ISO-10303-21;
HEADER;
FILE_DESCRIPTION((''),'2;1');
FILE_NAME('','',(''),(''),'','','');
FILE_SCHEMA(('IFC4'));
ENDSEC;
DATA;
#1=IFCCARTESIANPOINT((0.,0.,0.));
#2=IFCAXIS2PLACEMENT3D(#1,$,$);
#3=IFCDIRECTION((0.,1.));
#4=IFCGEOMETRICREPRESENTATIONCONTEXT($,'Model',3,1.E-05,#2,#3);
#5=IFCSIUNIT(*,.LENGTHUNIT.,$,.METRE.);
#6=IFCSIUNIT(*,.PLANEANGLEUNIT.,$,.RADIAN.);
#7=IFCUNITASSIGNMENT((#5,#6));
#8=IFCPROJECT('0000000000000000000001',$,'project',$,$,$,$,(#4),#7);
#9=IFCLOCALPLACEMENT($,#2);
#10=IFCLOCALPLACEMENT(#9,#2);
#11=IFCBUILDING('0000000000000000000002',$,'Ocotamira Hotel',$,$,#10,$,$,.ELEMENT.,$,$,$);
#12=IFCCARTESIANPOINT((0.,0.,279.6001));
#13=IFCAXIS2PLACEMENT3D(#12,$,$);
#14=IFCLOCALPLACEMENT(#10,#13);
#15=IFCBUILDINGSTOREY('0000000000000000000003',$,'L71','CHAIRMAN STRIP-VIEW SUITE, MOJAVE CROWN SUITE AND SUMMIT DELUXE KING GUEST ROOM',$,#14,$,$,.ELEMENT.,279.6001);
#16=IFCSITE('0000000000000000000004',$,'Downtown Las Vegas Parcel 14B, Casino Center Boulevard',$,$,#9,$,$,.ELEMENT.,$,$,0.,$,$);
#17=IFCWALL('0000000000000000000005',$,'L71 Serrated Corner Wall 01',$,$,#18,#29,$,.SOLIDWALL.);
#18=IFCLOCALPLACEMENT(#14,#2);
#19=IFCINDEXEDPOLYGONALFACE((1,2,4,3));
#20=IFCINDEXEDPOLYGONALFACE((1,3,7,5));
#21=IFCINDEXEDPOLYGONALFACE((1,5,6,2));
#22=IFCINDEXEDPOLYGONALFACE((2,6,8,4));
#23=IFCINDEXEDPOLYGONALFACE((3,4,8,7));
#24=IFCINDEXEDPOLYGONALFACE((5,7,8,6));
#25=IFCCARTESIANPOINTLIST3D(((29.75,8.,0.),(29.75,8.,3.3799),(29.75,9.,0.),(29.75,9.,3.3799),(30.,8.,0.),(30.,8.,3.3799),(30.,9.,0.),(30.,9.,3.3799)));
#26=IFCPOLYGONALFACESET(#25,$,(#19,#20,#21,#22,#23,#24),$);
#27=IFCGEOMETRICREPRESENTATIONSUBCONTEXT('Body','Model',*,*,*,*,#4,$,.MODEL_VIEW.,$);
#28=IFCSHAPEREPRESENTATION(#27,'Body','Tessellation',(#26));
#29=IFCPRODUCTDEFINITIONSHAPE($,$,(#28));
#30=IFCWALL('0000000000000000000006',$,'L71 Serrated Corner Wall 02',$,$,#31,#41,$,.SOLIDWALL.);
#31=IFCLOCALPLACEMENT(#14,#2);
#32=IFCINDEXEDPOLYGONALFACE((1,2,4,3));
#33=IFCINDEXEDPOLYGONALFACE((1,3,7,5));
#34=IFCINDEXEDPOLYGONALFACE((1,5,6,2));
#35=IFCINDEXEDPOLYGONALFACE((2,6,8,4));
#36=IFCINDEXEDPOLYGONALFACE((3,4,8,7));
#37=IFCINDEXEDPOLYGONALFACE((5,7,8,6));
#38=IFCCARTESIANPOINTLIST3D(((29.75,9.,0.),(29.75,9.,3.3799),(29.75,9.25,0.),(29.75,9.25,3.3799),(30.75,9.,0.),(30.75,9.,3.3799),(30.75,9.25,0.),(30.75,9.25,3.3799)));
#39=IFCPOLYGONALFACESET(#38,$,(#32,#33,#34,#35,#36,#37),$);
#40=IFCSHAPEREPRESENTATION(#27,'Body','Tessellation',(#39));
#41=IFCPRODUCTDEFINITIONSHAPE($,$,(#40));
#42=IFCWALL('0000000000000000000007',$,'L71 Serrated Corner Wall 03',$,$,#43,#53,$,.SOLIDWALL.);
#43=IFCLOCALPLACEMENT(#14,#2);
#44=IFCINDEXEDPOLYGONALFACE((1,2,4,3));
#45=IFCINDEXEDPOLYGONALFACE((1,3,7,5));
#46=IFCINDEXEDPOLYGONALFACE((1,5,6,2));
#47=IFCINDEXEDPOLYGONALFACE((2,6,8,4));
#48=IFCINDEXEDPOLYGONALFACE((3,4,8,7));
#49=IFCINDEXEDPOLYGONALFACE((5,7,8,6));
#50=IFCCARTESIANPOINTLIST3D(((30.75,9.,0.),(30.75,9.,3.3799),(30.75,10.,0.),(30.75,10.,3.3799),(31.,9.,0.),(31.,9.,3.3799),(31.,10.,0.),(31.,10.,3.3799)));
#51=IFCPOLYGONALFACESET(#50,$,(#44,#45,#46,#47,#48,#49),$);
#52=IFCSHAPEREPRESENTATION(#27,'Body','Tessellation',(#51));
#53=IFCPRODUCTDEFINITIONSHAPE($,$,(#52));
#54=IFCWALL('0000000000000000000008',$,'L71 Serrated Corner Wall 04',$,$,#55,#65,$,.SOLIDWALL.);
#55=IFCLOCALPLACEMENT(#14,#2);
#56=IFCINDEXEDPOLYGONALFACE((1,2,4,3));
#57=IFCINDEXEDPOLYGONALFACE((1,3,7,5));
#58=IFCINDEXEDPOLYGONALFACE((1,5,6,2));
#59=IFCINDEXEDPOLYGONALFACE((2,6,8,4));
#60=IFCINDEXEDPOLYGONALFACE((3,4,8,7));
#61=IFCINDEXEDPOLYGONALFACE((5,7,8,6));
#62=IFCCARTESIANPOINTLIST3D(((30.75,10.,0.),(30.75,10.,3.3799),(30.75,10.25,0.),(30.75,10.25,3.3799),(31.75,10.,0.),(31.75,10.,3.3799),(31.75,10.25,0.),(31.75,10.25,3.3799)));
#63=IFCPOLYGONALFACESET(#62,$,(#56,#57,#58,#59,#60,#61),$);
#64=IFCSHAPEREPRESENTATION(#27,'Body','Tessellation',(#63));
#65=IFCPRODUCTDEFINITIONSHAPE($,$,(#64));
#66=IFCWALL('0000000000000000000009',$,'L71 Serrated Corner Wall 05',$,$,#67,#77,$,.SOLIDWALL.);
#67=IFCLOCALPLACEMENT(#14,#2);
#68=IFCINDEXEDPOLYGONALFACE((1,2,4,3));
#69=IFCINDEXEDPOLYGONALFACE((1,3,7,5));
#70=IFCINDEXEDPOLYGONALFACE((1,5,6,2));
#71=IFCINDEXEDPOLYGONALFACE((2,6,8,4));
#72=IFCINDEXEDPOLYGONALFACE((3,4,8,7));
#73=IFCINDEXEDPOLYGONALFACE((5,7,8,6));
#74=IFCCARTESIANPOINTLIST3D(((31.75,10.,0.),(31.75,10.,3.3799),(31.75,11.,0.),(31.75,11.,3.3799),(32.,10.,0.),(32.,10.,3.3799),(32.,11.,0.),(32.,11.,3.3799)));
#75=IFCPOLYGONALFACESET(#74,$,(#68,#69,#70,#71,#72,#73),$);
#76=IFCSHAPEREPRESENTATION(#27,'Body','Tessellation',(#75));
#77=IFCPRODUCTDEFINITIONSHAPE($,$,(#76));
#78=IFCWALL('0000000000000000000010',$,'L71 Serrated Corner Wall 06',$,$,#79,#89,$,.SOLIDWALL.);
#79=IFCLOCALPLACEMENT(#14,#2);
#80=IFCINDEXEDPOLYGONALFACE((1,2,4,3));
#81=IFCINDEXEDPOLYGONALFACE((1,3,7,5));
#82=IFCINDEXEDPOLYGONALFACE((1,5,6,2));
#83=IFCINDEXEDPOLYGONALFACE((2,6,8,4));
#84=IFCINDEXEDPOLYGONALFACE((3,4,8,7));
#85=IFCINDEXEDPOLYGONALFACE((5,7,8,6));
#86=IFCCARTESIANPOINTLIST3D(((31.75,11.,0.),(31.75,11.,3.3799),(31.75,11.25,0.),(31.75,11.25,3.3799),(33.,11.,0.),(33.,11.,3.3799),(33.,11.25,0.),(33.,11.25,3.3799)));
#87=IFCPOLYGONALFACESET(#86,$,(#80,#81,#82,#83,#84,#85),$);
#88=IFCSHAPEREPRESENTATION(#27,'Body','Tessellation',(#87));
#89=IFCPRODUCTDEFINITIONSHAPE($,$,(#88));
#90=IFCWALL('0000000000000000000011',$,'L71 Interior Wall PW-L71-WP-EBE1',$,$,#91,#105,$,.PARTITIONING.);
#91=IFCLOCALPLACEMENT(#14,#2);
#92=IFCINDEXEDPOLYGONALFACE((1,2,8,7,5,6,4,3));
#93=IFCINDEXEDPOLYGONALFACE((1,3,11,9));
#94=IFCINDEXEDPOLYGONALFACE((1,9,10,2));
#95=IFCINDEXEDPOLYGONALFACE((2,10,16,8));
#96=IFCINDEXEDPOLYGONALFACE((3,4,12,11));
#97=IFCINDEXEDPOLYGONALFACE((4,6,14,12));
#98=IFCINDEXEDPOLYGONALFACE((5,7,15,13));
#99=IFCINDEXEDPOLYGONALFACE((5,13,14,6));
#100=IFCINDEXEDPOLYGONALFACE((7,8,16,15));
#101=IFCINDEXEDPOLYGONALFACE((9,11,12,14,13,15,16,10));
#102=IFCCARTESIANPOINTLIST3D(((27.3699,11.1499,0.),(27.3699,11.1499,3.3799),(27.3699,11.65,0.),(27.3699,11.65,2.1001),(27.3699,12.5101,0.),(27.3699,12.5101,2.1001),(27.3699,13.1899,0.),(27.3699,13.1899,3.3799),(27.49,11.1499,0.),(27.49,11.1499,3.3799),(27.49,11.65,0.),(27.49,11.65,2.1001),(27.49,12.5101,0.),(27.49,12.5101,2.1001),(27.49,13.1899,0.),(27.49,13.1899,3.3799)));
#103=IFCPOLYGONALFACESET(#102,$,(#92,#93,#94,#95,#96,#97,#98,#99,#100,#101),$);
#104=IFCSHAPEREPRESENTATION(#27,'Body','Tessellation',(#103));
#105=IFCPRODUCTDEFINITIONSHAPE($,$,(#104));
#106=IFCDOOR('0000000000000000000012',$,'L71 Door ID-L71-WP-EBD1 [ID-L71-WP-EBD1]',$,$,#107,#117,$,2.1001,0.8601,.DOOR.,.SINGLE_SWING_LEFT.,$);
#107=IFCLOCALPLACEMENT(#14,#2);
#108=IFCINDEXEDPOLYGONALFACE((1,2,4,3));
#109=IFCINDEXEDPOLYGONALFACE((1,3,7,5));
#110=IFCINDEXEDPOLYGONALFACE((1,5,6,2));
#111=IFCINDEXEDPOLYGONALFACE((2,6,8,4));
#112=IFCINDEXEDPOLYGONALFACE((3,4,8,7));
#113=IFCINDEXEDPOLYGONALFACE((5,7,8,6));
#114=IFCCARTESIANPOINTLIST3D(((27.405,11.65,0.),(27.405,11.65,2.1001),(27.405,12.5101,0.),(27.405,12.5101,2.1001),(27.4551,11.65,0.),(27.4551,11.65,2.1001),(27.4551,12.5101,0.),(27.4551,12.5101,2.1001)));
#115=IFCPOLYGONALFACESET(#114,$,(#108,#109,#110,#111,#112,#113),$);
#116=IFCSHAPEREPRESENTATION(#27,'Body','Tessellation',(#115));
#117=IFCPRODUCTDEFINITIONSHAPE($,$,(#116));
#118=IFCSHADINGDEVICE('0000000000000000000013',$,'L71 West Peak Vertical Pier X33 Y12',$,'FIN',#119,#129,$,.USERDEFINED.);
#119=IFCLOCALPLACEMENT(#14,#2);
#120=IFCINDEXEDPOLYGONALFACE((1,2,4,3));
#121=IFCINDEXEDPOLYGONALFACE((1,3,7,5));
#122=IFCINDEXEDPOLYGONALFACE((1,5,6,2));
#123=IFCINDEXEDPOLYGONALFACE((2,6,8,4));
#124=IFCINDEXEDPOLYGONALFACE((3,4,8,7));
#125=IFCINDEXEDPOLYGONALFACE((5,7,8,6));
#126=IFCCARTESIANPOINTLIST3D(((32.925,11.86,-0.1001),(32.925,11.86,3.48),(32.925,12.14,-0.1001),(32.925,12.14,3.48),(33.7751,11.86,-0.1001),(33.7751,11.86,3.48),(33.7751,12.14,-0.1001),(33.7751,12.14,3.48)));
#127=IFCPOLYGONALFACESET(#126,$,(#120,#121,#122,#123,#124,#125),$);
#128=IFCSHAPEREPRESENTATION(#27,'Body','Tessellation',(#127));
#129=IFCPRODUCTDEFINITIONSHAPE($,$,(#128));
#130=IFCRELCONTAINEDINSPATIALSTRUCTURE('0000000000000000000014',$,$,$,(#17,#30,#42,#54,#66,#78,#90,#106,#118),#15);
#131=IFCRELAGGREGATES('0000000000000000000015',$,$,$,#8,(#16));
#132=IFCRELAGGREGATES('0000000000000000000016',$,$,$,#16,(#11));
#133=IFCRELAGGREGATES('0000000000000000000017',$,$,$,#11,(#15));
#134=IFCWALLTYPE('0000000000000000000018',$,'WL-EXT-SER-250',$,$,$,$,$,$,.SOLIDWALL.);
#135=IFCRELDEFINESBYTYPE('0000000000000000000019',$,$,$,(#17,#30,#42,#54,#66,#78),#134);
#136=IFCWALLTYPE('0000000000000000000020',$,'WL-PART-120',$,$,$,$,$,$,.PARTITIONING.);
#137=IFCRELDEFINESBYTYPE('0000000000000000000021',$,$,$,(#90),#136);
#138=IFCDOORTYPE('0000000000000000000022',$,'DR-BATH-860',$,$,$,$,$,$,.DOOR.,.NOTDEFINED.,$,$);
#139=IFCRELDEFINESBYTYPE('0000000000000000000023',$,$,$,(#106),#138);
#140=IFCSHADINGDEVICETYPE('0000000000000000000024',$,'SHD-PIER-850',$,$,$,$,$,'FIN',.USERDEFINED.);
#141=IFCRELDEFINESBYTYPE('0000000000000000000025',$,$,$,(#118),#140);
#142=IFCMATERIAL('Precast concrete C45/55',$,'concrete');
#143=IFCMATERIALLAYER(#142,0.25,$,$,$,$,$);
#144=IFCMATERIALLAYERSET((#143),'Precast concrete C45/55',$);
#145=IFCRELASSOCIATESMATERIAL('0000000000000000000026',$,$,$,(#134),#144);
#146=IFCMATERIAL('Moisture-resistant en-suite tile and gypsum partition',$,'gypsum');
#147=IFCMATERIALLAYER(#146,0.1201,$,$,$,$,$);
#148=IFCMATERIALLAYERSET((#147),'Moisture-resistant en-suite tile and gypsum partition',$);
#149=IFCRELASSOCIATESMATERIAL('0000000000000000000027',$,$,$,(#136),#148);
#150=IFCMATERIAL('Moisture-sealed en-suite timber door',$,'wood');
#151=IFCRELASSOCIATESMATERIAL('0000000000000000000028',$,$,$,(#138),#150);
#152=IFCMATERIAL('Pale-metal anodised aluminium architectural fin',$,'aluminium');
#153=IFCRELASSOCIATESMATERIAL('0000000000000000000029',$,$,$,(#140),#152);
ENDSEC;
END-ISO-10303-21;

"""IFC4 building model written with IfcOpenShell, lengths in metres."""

from ifc_helpers import new_model, si_unit, direction, frame, frame_2d, origin, origin_2d, place, context, subcontext, project, spatial, rectangle, extrude, source, transform, mapped, material, layer, layer_set, type_object, element, fill, save


model = new_model("IFC4")

# Units and contexts
model_context = context("Model", 3, precision=1e-05, world=origin(), true_north=direction((0.0, 1.0)))
body_context = subcontext(model_context, "Body", "Model", "MODEL_VIEW")
ifc_project = project(units=[si_unit("LENGTHUNIT", "METRE"), si_unit("PLANEANGLEUNIT", "RADIAN")], contexts=[model_context])

# Site, building, storey
site_placement = place(None, origin())
site = spatial("IfcSite", under=ifc_project, at=site_placement, Name="Downtown Las Vegas Parcel 14B, Casino Center Boulevard", CompositionType="ELEMENT", RefElevation=0.0)
building_placement = place(site_placement, origin())
building = spatial("IfcBuilding", under=site, at=building_placement, Name="Ocotamira Hotel", CompositionType="ELEMENT")
storey_placement = place(building_placement, frame((0.0, 0.0, 279.6001)))
storey = spatial("IfcBuildingStorey", under=building, at=storey_placement, Name="L71", Description="CHAIRMAN STRIP-VIEW SUITE, MOJAVE CROWN SUITE AND SUMMIT DELUXE KING GUEST ROOM", CompositionType="ELEMENT", Elevation=279.6001)

# Walls
ifc_material_1 = material(Name="Precast concrete C45/55", Category="concrete")
ifc_layer_1 = layer(ifc_material_1, 0.25)
ifc_layer_set_1 = layer_set([ifc_layer_1], Name="Precast concrete C45/55")
wall_type_1 = type_object("IfcWallType", Name="WL-EXT-SER-250", PredefinedType="SOLIDWALL", material=ifc_layer_set_1)
for number, where, z_axis, x_axis, name in (
    (1, (29.875, 8.0, 0.0), (0.0, 0.0, 1.0), (0.0, 1.0, 0.0), "L71 Serrated Corner Wall 01"),
    (2, (29.75, 9.125, 0.0), (0.0, 0.0, 1.0), (1.0, 0.0, 0.0), "L71 Serrated Corner Wall 02"),
    (3, (30.875, 9.0, 0.0), (0.0, 0.0, 1.0), (0.0, 1.0, 0.0), "L71 Serrated Corner Wall 03"),
    (4, (30.75, 10.125, 0.0), (0.0, 0.0, 1.0), (1.0, 0.0, 0.0), "L71 Serrated Corner Wall 04"),
    (5, (31.875, 10.0, 0.0), (0.0, 0.0, 1.0), (0.0, 1.0, 0.0), "L71 Serrated Corner Wall 05"),
):
    element("IfcWall", number, at=place(storey_placement, frame(where, z_axis=z_axis, x_axis=x_axis)), inside=storey, type_object=wall_type_1, Name=name, PredefinedType="SOLIDWALL", context=body_context, shape_type="SweptSolid", body=[
        extrude(rectangle(XDim=1.0, YDim=0.25, at=frame_2d((0.5, 0.0))), origin(), (0.0, 0.0, 1.0), 3.3799),
    ])
wall_1_placement = place(storey_placement, frame((31.75, 11.125, 0.0), z_axis=(0.0, 0.0, 1.0), x_axis=(1.0, 0.0, 0.0)))
element("IfcWall", 6, at=wall_1_placement, inside=storey, type_object=wall_type_1, Name="L71 Serrated Corner Wall 06", PredefinedType="SOLIDWALL", context=body_context, shape_type="SweptSolid", body=[
    extrude(rectangle(XDim=1.25, YDim=0.25, at=frame_2d((0.625, 0.0))), origin(), (0.0, 0.0, 1.0), 3.3799),
])

# Wall, opening, door
ifc_material_2 = material(Name="Moisture-resistant en-suite tile and gypsum partition", Category="gypsum")
ifc_layer_2 = layer(ifc_material_2, 0.1201)
ifc_layer_set_2 = layer_set([ifc_layer_2], Name="Moisture-resistant en-suite tile and gypsum partition")
wall_type_2 = type_object("IfcWallType", Name="WL-PART-120", PredefinedType="PARTITIONING", material=ifc_layer_set_2)
wall_2_placement = place(storey_placement, frame((27.4299, 11.1499, 0.0), z_axis=(0.0, 0.0, 1.0), x_axis=(0.0, 1.0, 0.0)))
wall_2 = element("IfcWall", 7, at=wall_2_placement, inside=storey, type_object=wall_type_2, Name="L71 Interior Wall PW-L71-WP-EBE1", PredefinedType="PARTITIONING", context=body_context, shape_type="SweptSolid", body=[
    extrude(rectangle(XDim=2.04, YDim=0.1201, at=frame_2d((1.02, 0.0))), origin(), (0.0, 0.0, 1.0), 3.3799),
])
opening_placement = place(wall_2_placement, frame((0.5, 0.0, 0.0)))
opening = element("IfcOpeningElement", 8, at=opening_placement, cuts=wall_2, PredefinedType="OPENING", context=body_context, shape_type="SweptSolid", body=[
    extrude(rectangle(XDim=0.8601, YDim=2.1001, at=frame_2d((0.4302, 1.05))), frame((0.0, 0.0701, 0.0), z_axis=(0.0, -1.0, 0.0), x_axis=(1.0, 0.0, 0.0)), (0.0, 0.0, 1.0), 0.1401),
])
ifc_material_3 = material(Name="Moisture-sealed en-suite timber door", Category="wood")
door_type = type_object("IfcDoorType", Name="DR-BATH-860", OperationType="NOTDEFINED", PredefinedType="DOOR", material=ifc_material_3)
shared_shape_1 = source(origin(), body_context, "Body", "SweptSolid", [
    extrude(rectangle(XDim=0.8601, YDim=2.1001, at=frame_2d((0.4302, 1.05))), frame((0.0, 0.0249, 0.0), z_axis=(0.0, -1.0, 0.0), x_axis=(1.0, 0.0, 0.0)), (0.0, 0.0, 1.0), 0.05),
])
door_placement = place(opening_placement, origin())
door = element("IfcDoor", 9, at=door_placement, inside=storey, type_object=door_type, Name="L71 Door ID-L71-WP-EBD1 [ID-L71-WP-EBD1]", OperationType="SINGLE_SWING_LEFT", OverallHeight=2.1001, OverallWidth=0.8601, PredefinedType="DOOR", context=body_context, shape_type="MappedRepresentation", body=[
    mapped(shared_shape_1, transform((0.0, 0.0, 0.0), scale=1.0)),
])
fill(opening, door)

# Shading device
ifc_material_4 = material(Name="Pale-metal anodised aluminium architectural fin", Category="aluminium")
shading_device_type = type_object("IfcShadingDeviceType", Name="SHD-PIER-850", ElementType="FIN", PredefinedType="USERDEFINED", material=ifc_material_4)
shared_shape_2 = source(origin(), body_context, "Body", "SweptSolid", [
    extrude(rectangle(XDim=0.8501, YDim=0.28, at=origin_2d()), origin(), (0.0, 0.0, 1.0), 3.5801),
])
shading_device_placement = place(storey_placement, frame((33.3501, 12.0, -0.1001), z_axis=(0.0, 0.0, 1.0), x_axis=(1.0, 0.0, 0.0)))
element("IfcShadingDevice", 10, at=shading_device_placement, inside=storey, type_object=shading_device_type, Name="L71 West Peak Vertical Pier X33 Y12", ObjectType="FIN", PredefinedType="USERDEFINED", context=body_context, shape_type="MappedRepresentation", body=[
    mapped(shared_shape_2, transform((0.0, 0.0, 0.0), scale=1.0)),
])

save(model, "model.ifc")
